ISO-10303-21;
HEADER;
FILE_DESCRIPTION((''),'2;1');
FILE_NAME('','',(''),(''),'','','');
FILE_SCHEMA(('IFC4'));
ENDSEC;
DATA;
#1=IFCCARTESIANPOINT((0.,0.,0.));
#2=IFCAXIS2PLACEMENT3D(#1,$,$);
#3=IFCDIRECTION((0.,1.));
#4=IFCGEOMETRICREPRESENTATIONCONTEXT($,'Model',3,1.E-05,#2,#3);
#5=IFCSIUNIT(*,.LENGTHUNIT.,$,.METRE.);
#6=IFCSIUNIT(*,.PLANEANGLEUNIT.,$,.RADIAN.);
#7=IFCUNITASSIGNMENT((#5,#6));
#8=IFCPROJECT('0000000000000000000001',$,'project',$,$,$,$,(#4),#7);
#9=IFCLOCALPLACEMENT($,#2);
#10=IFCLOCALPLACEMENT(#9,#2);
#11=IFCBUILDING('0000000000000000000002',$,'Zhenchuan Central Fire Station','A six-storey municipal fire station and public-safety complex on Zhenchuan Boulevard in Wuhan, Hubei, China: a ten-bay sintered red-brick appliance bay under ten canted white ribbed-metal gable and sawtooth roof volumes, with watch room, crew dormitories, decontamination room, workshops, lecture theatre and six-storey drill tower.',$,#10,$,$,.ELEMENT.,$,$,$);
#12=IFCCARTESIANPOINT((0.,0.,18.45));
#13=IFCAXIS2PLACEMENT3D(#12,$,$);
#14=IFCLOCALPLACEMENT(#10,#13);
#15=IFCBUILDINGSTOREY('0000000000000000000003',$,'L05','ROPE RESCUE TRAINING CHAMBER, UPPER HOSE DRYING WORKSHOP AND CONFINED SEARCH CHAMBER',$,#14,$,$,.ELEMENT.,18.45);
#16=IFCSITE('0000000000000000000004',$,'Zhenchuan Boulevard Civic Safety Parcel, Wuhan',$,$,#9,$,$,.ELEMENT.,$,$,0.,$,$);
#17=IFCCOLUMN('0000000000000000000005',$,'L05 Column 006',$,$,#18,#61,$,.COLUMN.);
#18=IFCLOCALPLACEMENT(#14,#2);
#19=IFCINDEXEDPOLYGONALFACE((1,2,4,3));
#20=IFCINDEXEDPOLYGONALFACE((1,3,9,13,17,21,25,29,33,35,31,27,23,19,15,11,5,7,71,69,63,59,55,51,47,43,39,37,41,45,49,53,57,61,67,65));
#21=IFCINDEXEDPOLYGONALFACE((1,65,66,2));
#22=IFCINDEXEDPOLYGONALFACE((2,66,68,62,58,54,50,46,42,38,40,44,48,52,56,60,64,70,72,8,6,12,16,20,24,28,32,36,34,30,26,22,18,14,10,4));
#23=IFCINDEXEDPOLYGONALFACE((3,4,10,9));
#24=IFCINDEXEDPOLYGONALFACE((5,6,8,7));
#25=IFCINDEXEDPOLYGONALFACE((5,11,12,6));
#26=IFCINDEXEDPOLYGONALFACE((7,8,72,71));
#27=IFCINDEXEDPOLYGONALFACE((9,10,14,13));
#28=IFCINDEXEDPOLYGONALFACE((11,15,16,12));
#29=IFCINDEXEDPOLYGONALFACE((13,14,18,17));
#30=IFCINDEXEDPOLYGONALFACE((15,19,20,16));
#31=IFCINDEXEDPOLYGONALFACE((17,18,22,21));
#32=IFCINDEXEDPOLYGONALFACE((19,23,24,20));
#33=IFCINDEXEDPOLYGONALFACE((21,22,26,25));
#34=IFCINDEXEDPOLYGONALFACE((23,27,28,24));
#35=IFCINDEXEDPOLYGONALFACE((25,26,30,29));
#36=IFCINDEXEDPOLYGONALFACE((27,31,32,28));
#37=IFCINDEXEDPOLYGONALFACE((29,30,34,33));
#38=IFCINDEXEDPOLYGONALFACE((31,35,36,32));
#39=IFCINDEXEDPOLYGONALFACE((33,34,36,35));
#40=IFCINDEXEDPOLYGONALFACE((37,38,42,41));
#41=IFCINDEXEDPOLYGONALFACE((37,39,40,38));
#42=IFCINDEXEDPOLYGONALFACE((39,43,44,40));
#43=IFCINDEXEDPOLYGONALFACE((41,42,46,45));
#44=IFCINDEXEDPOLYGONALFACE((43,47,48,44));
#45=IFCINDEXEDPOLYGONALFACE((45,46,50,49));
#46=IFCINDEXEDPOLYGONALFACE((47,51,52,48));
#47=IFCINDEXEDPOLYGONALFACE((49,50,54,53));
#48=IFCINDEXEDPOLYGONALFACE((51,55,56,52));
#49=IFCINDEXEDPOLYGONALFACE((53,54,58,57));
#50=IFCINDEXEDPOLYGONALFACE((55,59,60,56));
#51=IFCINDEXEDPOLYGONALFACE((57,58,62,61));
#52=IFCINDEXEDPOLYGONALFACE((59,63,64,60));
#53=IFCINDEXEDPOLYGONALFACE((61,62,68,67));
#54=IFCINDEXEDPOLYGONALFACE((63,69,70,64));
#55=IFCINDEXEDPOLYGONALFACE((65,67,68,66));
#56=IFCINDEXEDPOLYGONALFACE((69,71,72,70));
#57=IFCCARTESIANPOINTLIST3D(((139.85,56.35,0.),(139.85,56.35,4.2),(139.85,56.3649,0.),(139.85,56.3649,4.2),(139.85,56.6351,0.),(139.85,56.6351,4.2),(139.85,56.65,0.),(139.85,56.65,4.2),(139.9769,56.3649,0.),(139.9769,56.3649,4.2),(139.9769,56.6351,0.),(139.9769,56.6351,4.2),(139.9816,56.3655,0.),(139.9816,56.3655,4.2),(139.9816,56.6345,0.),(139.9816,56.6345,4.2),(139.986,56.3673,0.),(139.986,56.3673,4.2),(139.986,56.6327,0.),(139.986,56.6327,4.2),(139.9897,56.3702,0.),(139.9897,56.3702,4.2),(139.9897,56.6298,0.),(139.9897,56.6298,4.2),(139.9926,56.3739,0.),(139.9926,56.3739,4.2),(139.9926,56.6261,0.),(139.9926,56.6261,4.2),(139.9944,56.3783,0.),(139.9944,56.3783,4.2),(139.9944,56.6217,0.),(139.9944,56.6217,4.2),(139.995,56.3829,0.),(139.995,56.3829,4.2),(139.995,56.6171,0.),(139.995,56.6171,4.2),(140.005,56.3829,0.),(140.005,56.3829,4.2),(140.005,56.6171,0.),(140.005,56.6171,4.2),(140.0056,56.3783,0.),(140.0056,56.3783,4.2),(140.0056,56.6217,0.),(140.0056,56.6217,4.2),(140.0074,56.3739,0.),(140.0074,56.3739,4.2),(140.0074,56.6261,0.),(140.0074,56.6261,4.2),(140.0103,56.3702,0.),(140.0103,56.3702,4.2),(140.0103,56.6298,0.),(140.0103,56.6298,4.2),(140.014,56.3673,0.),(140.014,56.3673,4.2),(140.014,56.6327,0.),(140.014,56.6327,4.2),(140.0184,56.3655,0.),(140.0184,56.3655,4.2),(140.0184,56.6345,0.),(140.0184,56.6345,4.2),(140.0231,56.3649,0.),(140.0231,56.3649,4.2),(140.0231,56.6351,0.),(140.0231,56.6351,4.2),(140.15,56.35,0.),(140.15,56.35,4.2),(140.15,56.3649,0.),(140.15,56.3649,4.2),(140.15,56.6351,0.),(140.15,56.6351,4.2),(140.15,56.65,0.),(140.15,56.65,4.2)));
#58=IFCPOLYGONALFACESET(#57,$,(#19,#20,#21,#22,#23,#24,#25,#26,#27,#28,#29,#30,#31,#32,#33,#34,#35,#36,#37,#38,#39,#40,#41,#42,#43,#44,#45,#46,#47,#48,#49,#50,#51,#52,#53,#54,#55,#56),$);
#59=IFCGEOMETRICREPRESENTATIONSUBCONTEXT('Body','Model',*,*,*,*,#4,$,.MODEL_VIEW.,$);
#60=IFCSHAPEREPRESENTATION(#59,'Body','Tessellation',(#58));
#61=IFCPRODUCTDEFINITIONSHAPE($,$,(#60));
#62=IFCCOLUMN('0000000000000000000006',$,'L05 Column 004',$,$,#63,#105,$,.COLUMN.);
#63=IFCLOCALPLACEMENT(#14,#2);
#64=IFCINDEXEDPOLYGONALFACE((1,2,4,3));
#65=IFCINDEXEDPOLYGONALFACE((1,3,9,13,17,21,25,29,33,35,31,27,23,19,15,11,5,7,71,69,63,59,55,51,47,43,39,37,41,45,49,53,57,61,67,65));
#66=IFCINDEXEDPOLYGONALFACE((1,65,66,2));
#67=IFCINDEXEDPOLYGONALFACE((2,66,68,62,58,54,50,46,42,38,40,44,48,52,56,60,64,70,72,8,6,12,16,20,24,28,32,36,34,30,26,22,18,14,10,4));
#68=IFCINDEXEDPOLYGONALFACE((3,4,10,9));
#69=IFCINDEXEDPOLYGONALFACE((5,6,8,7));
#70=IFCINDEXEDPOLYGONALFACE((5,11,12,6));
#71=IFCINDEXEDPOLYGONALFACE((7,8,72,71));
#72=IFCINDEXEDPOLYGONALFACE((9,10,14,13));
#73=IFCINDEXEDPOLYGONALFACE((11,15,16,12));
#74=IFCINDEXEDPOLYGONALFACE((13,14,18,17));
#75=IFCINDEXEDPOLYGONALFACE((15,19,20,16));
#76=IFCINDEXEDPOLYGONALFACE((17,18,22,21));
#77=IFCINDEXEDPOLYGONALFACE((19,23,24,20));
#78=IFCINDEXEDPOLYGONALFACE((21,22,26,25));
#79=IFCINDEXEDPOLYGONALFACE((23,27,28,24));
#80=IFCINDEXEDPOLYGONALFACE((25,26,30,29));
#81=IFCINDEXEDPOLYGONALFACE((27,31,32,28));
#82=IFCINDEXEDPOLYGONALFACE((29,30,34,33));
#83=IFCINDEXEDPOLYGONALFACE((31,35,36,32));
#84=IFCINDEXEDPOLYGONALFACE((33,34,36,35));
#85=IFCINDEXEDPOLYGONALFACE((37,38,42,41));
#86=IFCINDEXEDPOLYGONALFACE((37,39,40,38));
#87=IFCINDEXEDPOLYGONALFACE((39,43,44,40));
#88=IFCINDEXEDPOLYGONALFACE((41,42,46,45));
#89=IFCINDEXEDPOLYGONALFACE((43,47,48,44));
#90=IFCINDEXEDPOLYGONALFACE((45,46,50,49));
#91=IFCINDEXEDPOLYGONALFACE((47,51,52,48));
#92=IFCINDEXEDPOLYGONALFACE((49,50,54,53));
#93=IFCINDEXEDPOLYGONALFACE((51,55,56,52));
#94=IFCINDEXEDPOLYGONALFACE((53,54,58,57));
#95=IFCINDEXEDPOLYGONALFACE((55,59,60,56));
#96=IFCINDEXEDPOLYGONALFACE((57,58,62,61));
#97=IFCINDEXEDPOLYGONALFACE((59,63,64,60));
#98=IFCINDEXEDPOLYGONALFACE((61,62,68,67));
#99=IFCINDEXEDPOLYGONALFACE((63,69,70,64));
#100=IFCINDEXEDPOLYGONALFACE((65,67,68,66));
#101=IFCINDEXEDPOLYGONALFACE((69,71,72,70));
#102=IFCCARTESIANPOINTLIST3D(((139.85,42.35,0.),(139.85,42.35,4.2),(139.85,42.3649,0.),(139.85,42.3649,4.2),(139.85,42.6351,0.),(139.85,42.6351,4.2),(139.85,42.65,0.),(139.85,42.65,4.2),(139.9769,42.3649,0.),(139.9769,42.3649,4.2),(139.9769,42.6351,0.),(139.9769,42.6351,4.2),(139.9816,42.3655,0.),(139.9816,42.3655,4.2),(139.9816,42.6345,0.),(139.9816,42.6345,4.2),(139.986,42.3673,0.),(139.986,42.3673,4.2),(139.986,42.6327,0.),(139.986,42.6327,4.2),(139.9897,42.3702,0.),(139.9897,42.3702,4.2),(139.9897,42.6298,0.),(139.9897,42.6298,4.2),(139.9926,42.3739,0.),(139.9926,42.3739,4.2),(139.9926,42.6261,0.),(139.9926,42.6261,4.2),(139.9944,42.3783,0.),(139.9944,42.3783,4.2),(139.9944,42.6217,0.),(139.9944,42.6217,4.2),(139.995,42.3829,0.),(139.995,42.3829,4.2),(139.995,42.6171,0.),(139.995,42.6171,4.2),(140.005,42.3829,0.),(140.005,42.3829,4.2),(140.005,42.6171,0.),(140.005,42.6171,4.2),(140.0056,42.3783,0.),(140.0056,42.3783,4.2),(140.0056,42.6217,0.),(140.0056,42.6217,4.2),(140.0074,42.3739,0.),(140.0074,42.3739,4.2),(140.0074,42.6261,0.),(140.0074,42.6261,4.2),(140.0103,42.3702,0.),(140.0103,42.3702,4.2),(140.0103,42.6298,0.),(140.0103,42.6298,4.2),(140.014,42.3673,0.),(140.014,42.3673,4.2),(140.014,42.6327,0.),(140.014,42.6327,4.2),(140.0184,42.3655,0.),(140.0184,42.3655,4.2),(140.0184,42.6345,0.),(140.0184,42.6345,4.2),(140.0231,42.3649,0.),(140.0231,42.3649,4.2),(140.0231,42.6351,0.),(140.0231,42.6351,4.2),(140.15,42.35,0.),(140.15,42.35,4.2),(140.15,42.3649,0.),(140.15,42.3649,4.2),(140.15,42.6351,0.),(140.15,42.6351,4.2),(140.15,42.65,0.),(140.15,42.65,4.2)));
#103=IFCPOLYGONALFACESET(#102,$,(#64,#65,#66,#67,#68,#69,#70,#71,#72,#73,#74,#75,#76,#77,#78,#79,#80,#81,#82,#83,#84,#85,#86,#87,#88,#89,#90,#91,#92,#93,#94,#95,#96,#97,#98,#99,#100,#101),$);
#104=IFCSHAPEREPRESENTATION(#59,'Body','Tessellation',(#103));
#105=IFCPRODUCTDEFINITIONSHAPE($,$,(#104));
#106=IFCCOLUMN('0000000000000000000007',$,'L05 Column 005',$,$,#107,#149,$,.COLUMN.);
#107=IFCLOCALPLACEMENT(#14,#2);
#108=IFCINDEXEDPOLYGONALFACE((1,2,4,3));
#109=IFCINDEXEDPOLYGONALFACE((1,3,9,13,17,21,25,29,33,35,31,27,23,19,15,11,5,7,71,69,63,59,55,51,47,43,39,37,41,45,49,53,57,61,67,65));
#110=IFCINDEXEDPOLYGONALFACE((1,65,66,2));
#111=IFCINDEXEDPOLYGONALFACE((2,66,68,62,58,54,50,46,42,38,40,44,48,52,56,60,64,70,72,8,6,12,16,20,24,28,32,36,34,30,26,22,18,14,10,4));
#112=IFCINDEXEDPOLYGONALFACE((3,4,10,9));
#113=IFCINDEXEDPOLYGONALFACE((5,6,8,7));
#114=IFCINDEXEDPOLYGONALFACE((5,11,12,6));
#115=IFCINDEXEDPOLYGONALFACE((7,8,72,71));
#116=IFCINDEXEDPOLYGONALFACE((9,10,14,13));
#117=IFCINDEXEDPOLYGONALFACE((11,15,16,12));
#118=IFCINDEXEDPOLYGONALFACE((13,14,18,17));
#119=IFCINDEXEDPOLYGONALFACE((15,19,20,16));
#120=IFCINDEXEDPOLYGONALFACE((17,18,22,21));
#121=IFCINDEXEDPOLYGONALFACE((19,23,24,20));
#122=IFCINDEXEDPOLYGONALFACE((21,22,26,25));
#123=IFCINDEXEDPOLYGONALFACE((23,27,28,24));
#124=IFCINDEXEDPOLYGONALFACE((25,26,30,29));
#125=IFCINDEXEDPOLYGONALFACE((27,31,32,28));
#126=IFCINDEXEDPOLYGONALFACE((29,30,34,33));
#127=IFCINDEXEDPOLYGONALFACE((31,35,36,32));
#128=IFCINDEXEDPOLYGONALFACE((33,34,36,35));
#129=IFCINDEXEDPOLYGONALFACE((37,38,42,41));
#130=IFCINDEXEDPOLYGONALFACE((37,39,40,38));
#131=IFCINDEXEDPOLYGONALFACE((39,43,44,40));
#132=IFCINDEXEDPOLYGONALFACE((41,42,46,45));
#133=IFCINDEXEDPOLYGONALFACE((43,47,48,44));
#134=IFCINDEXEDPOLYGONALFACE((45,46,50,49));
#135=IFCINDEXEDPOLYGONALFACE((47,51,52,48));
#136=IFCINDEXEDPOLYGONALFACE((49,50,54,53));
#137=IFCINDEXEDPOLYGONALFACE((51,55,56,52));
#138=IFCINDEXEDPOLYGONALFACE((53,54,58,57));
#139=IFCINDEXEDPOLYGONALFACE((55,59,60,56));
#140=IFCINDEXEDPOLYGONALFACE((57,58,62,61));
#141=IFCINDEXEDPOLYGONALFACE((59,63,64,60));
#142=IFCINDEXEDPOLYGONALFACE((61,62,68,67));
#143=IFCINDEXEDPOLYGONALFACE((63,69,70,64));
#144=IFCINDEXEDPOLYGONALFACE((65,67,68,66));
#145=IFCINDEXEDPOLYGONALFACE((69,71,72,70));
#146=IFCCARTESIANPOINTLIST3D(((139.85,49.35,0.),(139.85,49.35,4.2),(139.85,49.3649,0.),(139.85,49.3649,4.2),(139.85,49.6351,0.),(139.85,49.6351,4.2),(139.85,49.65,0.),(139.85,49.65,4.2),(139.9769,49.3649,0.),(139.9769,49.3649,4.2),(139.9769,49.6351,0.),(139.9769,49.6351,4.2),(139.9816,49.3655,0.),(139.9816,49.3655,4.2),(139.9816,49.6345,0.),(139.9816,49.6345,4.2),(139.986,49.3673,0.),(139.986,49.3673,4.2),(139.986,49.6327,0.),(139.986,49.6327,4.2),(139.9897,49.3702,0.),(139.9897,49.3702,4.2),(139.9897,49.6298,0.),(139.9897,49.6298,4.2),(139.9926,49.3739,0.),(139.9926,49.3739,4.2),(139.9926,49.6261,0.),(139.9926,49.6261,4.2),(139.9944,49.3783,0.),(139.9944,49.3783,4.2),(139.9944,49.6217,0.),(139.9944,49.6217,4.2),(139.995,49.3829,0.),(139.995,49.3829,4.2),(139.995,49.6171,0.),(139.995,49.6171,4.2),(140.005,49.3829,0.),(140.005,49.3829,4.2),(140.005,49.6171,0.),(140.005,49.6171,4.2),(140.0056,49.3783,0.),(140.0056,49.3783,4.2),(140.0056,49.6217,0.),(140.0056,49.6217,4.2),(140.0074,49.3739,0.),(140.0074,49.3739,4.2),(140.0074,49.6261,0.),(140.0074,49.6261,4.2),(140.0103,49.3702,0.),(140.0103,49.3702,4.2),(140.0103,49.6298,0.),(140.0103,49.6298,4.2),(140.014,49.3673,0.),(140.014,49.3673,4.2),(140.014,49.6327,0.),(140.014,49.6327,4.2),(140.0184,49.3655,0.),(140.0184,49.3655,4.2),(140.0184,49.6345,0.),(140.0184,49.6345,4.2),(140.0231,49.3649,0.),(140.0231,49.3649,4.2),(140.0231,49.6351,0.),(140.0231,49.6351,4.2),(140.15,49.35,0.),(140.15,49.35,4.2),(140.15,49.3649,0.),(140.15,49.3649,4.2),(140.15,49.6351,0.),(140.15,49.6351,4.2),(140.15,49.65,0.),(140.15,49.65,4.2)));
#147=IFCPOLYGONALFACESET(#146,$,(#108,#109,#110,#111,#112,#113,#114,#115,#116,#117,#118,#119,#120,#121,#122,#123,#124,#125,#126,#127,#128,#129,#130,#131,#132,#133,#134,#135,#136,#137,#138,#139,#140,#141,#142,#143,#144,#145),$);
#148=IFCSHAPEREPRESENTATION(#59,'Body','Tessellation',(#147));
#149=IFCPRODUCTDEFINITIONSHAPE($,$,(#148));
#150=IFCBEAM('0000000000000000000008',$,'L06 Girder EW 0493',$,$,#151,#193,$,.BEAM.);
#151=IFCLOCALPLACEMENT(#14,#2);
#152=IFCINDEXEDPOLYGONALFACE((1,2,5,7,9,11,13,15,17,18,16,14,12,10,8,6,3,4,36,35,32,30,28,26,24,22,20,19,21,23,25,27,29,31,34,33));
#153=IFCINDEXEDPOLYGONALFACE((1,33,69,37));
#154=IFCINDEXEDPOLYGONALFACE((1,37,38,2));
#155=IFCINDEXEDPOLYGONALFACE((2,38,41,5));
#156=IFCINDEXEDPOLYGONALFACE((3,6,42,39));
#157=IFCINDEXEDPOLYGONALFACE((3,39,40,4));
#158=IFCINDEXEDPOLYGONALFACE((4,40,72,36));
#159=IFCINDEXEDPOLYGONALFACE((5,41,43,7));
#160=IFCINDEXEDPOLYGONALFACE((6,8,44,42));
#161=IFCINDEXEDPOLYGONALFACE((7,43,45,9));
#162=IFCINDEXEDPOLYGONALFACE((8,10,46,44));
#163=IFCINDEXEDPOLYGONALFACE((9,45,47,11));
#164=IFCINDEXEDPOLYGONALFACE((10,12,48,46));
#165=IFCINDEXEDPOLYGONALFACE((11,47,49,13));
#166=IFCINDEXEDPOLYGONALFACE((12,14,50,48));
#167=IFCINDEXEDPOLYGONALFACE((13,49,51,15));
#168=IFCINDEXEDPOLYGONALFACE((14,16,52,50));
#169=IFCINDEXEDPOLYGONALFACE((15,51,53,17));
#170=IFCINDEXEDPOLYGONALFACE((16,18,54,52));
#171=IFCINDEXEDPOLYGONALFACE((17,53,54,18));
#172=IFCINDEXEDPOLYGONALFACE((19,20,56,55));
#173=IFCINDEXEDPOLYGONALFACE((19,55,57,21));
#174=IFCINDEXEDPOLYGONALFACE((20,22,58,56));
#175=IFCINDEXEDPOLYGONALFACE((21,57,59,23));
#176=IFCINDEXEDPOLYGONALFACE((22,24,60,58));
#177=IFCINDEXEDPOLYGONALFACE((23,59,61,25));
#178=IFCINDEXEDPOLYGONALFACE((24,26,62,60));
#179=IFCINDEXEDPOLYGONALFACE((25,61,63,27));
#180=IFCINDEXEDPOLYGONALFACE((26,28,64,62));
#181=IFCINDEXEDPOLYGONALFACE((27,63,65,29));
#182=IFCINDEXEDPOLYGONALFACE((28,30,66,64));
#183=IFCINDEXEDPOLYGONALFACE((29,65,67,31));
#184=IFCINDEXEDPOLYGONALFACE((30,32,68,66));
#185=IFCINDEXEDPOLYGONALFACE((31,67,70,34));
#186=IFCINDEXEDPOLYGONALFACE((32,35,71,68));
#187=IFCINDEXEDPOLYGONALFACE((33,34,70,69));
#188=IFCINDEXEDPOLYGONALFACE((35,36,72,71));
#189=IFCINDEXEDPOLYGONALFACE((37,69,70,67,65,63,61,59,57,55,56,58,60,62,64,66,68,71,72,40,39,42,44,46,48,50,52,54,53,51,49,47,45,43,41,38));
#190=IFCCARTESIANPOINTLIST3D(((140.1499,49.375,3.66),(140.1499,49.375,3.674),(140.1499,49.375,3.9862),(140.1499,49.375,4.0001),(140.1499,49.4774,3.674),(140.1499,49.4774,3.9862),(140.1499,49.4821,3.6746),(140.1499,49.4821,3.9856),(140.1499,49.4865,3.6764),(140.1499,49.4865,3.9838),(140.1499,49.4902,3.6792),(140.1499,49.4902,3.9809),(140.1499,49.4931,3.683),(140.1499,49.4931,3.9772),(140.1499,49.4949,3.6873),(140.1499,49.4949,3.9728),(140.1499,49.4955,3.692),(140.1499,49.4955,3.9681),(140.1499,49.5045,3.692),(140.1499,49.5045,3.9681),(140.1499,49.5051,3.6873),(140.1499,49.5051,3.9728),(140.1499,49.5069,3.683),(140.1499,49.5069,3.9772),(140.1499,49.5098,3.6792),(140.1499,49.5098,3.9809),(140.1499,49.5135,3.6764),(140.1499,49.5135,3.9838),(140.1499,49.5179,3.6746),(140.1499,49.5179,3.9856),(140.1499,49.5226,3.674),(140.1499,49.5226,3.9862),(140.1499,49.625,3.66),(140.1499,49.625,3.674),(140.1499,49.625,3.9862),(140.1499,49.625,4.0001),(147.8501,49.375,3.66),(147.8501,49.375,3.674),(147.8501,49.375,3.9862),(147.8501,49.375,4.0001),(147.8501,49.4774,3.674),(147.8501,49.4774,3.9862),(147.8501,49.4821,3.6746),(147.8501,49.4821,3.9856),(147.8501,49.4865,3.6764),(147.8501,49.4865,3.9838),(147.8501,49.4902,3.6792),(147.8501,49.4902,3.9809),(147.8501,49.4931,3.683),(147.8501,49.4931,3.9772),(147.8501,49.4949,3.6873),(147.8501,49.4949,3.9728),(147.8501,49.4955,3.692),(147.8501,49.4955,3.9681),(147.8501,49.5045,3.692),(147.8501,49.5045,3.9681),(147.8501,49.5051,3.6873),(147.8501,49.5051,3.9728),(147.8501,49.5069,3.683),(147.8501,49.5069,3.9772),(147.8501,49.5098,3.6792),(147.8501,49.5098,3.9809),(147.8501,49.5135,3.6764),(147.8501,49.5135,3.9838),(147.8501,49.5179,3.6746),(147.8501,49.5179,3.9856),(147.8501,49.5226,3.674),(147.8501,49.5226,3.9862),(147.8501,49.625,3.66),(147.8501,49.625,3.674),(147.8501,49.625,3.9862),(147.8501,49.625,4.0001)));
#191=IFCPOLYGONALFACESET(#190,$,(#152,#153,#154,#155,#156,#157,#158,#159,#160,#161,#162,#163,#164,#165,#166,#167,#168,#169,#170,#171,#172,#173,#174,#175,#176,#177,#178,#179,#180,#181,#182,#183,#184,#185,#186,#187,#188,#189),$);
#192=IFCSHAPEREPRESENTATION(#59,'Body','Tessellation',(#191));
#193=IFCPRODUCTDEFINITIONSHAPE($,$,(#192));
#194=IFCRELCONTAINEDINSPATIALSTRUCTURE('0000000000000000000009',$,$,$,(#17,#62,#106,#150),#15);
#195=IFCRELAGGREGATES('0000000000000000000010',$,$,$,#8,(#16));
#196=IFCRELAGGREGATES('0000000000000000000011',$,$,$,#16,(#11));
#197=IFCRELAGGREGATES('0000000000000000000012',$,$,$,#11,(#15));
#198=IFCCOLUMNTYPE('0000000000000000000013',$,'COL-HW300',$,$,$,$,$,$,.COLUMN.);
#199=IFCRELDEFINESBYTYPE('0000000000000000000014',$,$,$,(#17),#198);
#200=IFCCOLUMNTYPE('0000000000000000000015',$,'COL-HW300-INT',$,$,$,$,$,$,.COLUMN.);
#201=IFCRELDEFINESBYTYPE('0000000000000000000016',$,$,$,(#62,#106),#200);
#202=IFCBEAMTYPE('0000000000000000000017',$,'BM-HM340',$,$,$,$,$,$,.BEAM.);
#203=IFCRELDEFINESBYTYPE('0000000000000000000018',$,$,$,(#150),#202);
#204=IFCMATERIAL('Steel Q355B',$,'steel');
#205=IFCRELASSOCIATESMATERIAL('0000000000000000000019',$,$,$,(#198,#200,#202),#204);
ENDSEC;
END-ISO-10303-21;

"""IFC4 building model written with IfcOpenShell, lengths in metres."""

from ifc_helpers import new_model, si_unit, direction, frame, origin, origin_2d, place, context, subcontext, project, spatial, i_section, extrude, material, material_profile, profile_set, type_object, element, save


model = new_model("IFC4")

# Units and contexts
model_context = context("Model", 3, precision=1e-05, world=origin(), true_north=direction((0.0, 1.0)))
body_context = subcontext(model_context, "Body", "Model", "MODEL_VIEW")
ifc_project = project(units=[si_unit("LENGTHUNIT", "METRE"), si_unit("PLANEANGLEUNIT", "RADIAN")], contexts=[model_context])

# Site, building, storey
site_placement = place(None, origin())
site = spatial("IfcSite", under=ifc_project, at=site_placement, Name="Zhenchuan Boulevard Civic Safety Parcel, Wuhan", CompositionType="ELEMENT", RefElevation=0.0)
building_placement = place(site_placement, origin())
building = spatial("IfcBuilding", under=site, at=building_placement, Name="Zhenchuan Central Fire Station", Description="A six-storey municipal fire station and public-safety complex on Zhenchuan Boulevard in Wuhan, Hubei, China: a ten-bay sintered red-brick appliance bay under ten canted white ribbed-metal gable and sawtooth roof volumes, with watch room, crew dormitories, decontamination room, workshops, lecture theatre and six-storey drill tower.", CompositionType="ELEMENT")
storey_placement = place(building_placement, frame((0.0, 0.0, 18.45)))
storey = spatial("IfcBuildingStorey", under=building, at=storey_placement, Name="L05", Description="ROPE RESCUE TRAINING CHAMBER, UPPER HOSE DRYING WORKSHOP AND CONFINED SEARCH CHAMBER", CompositionType="ELEMENT", Elevation=18.45)

# Columns
ifc_material_1 = material(Name="Steel Q355B", Category="steel")
ifc_material_profile_1 = material_profile(ifc_material_1, i_section(OverallWidth=0.3, OverallDepth=0.3, WebThickness=0.01, FlangeThickness=0.0149, FilletRadius=0.0181, at=origin_2d()), Name="HW 300x300")
ifc_profile_set_1 = profile_set([ifc_material_profile_1], Name="Steel Q355B")
column_type_1 = type_object("IfcColumnType", Name="COL-HW300", PredefinedType="COLUMN", material=ifc_profile_set_1)
column_placement = place(storey_placement, frame((140.0, 56.5, 0.0), z_axis=(0.0, 0.0, 1.0), x_axis=(1.0, 0.0, 0.0)))
element("IfcColumn", 1, at=column_placement, inside=storey, type_object=column_type_1, Name="L05 Column 006", PredefinedType="COLUMN", context=body_context, shape_type="SweptSolid", body=[
    extrude(i_section(OverallWidth=0.3, OverallDepth=0.3, WebThickness=0.01, FlangeThickness=0.0149, FilletRadius=0.0181, at=origin_2d()), origin(), (0.0, 0.0, 1.0), 4.2),
])
ifc_material_profile_2 = material_profile(ifc_material_1, i_section(OverallWidth=0.3, OverallDepth=0.3, WebThickness=0.01, FlangeThickness=0.0149, FilletRadius=0.0181, at=origin_2d()), Name="HW 300x300")
ifc_profile_set_2 = profile_set([ifc_material_profile_2], Name="Steel Q355B")
column_type_2 = type_object("IfcColumnType", Name="COL-HW300-INT", PredefinedType="COLUMN", material=ifc_profile_set_2)
for number, where, z_axis, x_axis, name in (
    (2, (140.0, 42.5, 0.0), (0.0, 0.0, 1.0), (1.0, 0.0, 0.0), "L05 Column 004"),
    (3, (140.0, 49.5, 0.0), (0.0, 0.0, 1.0), (1.0, 0.0, 0.0), "L05 Column 005"),
):
    element("IfcColumn", number, at=place(storey_placement, frame(where, z_axis=z_axis, x_axis=x_axis)), inside=storey, type_object=column_type_2, Name=name, PredefinedType="COLUMN", context=body_context, shape_type="SweptSolid", body=[
        extrude(i_section(OverallWidth=0.3, OverallDepth=0.3, WebThickness=0.01, FlangeThickness=0.0149, FilletRadius=0.0181, at=origin_2d()), origin(), (0.0, 0.0, 1.0), 4.2),
    ])

# Beam
ifc_material_profile_3 = material_profile(ifc_material_1, i_section(OverallWidth=0.25, OverallDepth=0.3401, WebThickness=0.009, FlangeThickness=0.0139, FilletRadius=0.0181, at=origin_2d()), Name="HM 340x250")
ifc_profile_set_3 = profile_set([ifc_material_profile_3], Name="Steel Q355B")
beam_type_1 = type_object("IfcBeamType", Name="BM-HM340", PredefinedType="BEAM", material=ifc_profile_set_3)
beam_1_placement = place(storey_placement, frame((140.1499, 49.5, 3.8301), z_axis=(1.0, 0.0, 0.0), x_axis=(0.0, 1.0, 0.0)))
element("IfcBeam", 4, at=beam_1_placement, inside=storey, type_object=beam_type_1, Name="L06 Girder EW 0493", PredefinedType="BEAM", context=body_context, shape_type="SweptSolid", body=[
    extrude(i_section(OverallWidth=0.25, OverallDepth=0.3401, WebThickness=0.009, FlangeThickness=0.0139, FilletRadius=0.0181, at=origin_2d()), origin(), (0.0, 0.0, 1.0), 7.7002),
])

save(model, "model.ifc")
